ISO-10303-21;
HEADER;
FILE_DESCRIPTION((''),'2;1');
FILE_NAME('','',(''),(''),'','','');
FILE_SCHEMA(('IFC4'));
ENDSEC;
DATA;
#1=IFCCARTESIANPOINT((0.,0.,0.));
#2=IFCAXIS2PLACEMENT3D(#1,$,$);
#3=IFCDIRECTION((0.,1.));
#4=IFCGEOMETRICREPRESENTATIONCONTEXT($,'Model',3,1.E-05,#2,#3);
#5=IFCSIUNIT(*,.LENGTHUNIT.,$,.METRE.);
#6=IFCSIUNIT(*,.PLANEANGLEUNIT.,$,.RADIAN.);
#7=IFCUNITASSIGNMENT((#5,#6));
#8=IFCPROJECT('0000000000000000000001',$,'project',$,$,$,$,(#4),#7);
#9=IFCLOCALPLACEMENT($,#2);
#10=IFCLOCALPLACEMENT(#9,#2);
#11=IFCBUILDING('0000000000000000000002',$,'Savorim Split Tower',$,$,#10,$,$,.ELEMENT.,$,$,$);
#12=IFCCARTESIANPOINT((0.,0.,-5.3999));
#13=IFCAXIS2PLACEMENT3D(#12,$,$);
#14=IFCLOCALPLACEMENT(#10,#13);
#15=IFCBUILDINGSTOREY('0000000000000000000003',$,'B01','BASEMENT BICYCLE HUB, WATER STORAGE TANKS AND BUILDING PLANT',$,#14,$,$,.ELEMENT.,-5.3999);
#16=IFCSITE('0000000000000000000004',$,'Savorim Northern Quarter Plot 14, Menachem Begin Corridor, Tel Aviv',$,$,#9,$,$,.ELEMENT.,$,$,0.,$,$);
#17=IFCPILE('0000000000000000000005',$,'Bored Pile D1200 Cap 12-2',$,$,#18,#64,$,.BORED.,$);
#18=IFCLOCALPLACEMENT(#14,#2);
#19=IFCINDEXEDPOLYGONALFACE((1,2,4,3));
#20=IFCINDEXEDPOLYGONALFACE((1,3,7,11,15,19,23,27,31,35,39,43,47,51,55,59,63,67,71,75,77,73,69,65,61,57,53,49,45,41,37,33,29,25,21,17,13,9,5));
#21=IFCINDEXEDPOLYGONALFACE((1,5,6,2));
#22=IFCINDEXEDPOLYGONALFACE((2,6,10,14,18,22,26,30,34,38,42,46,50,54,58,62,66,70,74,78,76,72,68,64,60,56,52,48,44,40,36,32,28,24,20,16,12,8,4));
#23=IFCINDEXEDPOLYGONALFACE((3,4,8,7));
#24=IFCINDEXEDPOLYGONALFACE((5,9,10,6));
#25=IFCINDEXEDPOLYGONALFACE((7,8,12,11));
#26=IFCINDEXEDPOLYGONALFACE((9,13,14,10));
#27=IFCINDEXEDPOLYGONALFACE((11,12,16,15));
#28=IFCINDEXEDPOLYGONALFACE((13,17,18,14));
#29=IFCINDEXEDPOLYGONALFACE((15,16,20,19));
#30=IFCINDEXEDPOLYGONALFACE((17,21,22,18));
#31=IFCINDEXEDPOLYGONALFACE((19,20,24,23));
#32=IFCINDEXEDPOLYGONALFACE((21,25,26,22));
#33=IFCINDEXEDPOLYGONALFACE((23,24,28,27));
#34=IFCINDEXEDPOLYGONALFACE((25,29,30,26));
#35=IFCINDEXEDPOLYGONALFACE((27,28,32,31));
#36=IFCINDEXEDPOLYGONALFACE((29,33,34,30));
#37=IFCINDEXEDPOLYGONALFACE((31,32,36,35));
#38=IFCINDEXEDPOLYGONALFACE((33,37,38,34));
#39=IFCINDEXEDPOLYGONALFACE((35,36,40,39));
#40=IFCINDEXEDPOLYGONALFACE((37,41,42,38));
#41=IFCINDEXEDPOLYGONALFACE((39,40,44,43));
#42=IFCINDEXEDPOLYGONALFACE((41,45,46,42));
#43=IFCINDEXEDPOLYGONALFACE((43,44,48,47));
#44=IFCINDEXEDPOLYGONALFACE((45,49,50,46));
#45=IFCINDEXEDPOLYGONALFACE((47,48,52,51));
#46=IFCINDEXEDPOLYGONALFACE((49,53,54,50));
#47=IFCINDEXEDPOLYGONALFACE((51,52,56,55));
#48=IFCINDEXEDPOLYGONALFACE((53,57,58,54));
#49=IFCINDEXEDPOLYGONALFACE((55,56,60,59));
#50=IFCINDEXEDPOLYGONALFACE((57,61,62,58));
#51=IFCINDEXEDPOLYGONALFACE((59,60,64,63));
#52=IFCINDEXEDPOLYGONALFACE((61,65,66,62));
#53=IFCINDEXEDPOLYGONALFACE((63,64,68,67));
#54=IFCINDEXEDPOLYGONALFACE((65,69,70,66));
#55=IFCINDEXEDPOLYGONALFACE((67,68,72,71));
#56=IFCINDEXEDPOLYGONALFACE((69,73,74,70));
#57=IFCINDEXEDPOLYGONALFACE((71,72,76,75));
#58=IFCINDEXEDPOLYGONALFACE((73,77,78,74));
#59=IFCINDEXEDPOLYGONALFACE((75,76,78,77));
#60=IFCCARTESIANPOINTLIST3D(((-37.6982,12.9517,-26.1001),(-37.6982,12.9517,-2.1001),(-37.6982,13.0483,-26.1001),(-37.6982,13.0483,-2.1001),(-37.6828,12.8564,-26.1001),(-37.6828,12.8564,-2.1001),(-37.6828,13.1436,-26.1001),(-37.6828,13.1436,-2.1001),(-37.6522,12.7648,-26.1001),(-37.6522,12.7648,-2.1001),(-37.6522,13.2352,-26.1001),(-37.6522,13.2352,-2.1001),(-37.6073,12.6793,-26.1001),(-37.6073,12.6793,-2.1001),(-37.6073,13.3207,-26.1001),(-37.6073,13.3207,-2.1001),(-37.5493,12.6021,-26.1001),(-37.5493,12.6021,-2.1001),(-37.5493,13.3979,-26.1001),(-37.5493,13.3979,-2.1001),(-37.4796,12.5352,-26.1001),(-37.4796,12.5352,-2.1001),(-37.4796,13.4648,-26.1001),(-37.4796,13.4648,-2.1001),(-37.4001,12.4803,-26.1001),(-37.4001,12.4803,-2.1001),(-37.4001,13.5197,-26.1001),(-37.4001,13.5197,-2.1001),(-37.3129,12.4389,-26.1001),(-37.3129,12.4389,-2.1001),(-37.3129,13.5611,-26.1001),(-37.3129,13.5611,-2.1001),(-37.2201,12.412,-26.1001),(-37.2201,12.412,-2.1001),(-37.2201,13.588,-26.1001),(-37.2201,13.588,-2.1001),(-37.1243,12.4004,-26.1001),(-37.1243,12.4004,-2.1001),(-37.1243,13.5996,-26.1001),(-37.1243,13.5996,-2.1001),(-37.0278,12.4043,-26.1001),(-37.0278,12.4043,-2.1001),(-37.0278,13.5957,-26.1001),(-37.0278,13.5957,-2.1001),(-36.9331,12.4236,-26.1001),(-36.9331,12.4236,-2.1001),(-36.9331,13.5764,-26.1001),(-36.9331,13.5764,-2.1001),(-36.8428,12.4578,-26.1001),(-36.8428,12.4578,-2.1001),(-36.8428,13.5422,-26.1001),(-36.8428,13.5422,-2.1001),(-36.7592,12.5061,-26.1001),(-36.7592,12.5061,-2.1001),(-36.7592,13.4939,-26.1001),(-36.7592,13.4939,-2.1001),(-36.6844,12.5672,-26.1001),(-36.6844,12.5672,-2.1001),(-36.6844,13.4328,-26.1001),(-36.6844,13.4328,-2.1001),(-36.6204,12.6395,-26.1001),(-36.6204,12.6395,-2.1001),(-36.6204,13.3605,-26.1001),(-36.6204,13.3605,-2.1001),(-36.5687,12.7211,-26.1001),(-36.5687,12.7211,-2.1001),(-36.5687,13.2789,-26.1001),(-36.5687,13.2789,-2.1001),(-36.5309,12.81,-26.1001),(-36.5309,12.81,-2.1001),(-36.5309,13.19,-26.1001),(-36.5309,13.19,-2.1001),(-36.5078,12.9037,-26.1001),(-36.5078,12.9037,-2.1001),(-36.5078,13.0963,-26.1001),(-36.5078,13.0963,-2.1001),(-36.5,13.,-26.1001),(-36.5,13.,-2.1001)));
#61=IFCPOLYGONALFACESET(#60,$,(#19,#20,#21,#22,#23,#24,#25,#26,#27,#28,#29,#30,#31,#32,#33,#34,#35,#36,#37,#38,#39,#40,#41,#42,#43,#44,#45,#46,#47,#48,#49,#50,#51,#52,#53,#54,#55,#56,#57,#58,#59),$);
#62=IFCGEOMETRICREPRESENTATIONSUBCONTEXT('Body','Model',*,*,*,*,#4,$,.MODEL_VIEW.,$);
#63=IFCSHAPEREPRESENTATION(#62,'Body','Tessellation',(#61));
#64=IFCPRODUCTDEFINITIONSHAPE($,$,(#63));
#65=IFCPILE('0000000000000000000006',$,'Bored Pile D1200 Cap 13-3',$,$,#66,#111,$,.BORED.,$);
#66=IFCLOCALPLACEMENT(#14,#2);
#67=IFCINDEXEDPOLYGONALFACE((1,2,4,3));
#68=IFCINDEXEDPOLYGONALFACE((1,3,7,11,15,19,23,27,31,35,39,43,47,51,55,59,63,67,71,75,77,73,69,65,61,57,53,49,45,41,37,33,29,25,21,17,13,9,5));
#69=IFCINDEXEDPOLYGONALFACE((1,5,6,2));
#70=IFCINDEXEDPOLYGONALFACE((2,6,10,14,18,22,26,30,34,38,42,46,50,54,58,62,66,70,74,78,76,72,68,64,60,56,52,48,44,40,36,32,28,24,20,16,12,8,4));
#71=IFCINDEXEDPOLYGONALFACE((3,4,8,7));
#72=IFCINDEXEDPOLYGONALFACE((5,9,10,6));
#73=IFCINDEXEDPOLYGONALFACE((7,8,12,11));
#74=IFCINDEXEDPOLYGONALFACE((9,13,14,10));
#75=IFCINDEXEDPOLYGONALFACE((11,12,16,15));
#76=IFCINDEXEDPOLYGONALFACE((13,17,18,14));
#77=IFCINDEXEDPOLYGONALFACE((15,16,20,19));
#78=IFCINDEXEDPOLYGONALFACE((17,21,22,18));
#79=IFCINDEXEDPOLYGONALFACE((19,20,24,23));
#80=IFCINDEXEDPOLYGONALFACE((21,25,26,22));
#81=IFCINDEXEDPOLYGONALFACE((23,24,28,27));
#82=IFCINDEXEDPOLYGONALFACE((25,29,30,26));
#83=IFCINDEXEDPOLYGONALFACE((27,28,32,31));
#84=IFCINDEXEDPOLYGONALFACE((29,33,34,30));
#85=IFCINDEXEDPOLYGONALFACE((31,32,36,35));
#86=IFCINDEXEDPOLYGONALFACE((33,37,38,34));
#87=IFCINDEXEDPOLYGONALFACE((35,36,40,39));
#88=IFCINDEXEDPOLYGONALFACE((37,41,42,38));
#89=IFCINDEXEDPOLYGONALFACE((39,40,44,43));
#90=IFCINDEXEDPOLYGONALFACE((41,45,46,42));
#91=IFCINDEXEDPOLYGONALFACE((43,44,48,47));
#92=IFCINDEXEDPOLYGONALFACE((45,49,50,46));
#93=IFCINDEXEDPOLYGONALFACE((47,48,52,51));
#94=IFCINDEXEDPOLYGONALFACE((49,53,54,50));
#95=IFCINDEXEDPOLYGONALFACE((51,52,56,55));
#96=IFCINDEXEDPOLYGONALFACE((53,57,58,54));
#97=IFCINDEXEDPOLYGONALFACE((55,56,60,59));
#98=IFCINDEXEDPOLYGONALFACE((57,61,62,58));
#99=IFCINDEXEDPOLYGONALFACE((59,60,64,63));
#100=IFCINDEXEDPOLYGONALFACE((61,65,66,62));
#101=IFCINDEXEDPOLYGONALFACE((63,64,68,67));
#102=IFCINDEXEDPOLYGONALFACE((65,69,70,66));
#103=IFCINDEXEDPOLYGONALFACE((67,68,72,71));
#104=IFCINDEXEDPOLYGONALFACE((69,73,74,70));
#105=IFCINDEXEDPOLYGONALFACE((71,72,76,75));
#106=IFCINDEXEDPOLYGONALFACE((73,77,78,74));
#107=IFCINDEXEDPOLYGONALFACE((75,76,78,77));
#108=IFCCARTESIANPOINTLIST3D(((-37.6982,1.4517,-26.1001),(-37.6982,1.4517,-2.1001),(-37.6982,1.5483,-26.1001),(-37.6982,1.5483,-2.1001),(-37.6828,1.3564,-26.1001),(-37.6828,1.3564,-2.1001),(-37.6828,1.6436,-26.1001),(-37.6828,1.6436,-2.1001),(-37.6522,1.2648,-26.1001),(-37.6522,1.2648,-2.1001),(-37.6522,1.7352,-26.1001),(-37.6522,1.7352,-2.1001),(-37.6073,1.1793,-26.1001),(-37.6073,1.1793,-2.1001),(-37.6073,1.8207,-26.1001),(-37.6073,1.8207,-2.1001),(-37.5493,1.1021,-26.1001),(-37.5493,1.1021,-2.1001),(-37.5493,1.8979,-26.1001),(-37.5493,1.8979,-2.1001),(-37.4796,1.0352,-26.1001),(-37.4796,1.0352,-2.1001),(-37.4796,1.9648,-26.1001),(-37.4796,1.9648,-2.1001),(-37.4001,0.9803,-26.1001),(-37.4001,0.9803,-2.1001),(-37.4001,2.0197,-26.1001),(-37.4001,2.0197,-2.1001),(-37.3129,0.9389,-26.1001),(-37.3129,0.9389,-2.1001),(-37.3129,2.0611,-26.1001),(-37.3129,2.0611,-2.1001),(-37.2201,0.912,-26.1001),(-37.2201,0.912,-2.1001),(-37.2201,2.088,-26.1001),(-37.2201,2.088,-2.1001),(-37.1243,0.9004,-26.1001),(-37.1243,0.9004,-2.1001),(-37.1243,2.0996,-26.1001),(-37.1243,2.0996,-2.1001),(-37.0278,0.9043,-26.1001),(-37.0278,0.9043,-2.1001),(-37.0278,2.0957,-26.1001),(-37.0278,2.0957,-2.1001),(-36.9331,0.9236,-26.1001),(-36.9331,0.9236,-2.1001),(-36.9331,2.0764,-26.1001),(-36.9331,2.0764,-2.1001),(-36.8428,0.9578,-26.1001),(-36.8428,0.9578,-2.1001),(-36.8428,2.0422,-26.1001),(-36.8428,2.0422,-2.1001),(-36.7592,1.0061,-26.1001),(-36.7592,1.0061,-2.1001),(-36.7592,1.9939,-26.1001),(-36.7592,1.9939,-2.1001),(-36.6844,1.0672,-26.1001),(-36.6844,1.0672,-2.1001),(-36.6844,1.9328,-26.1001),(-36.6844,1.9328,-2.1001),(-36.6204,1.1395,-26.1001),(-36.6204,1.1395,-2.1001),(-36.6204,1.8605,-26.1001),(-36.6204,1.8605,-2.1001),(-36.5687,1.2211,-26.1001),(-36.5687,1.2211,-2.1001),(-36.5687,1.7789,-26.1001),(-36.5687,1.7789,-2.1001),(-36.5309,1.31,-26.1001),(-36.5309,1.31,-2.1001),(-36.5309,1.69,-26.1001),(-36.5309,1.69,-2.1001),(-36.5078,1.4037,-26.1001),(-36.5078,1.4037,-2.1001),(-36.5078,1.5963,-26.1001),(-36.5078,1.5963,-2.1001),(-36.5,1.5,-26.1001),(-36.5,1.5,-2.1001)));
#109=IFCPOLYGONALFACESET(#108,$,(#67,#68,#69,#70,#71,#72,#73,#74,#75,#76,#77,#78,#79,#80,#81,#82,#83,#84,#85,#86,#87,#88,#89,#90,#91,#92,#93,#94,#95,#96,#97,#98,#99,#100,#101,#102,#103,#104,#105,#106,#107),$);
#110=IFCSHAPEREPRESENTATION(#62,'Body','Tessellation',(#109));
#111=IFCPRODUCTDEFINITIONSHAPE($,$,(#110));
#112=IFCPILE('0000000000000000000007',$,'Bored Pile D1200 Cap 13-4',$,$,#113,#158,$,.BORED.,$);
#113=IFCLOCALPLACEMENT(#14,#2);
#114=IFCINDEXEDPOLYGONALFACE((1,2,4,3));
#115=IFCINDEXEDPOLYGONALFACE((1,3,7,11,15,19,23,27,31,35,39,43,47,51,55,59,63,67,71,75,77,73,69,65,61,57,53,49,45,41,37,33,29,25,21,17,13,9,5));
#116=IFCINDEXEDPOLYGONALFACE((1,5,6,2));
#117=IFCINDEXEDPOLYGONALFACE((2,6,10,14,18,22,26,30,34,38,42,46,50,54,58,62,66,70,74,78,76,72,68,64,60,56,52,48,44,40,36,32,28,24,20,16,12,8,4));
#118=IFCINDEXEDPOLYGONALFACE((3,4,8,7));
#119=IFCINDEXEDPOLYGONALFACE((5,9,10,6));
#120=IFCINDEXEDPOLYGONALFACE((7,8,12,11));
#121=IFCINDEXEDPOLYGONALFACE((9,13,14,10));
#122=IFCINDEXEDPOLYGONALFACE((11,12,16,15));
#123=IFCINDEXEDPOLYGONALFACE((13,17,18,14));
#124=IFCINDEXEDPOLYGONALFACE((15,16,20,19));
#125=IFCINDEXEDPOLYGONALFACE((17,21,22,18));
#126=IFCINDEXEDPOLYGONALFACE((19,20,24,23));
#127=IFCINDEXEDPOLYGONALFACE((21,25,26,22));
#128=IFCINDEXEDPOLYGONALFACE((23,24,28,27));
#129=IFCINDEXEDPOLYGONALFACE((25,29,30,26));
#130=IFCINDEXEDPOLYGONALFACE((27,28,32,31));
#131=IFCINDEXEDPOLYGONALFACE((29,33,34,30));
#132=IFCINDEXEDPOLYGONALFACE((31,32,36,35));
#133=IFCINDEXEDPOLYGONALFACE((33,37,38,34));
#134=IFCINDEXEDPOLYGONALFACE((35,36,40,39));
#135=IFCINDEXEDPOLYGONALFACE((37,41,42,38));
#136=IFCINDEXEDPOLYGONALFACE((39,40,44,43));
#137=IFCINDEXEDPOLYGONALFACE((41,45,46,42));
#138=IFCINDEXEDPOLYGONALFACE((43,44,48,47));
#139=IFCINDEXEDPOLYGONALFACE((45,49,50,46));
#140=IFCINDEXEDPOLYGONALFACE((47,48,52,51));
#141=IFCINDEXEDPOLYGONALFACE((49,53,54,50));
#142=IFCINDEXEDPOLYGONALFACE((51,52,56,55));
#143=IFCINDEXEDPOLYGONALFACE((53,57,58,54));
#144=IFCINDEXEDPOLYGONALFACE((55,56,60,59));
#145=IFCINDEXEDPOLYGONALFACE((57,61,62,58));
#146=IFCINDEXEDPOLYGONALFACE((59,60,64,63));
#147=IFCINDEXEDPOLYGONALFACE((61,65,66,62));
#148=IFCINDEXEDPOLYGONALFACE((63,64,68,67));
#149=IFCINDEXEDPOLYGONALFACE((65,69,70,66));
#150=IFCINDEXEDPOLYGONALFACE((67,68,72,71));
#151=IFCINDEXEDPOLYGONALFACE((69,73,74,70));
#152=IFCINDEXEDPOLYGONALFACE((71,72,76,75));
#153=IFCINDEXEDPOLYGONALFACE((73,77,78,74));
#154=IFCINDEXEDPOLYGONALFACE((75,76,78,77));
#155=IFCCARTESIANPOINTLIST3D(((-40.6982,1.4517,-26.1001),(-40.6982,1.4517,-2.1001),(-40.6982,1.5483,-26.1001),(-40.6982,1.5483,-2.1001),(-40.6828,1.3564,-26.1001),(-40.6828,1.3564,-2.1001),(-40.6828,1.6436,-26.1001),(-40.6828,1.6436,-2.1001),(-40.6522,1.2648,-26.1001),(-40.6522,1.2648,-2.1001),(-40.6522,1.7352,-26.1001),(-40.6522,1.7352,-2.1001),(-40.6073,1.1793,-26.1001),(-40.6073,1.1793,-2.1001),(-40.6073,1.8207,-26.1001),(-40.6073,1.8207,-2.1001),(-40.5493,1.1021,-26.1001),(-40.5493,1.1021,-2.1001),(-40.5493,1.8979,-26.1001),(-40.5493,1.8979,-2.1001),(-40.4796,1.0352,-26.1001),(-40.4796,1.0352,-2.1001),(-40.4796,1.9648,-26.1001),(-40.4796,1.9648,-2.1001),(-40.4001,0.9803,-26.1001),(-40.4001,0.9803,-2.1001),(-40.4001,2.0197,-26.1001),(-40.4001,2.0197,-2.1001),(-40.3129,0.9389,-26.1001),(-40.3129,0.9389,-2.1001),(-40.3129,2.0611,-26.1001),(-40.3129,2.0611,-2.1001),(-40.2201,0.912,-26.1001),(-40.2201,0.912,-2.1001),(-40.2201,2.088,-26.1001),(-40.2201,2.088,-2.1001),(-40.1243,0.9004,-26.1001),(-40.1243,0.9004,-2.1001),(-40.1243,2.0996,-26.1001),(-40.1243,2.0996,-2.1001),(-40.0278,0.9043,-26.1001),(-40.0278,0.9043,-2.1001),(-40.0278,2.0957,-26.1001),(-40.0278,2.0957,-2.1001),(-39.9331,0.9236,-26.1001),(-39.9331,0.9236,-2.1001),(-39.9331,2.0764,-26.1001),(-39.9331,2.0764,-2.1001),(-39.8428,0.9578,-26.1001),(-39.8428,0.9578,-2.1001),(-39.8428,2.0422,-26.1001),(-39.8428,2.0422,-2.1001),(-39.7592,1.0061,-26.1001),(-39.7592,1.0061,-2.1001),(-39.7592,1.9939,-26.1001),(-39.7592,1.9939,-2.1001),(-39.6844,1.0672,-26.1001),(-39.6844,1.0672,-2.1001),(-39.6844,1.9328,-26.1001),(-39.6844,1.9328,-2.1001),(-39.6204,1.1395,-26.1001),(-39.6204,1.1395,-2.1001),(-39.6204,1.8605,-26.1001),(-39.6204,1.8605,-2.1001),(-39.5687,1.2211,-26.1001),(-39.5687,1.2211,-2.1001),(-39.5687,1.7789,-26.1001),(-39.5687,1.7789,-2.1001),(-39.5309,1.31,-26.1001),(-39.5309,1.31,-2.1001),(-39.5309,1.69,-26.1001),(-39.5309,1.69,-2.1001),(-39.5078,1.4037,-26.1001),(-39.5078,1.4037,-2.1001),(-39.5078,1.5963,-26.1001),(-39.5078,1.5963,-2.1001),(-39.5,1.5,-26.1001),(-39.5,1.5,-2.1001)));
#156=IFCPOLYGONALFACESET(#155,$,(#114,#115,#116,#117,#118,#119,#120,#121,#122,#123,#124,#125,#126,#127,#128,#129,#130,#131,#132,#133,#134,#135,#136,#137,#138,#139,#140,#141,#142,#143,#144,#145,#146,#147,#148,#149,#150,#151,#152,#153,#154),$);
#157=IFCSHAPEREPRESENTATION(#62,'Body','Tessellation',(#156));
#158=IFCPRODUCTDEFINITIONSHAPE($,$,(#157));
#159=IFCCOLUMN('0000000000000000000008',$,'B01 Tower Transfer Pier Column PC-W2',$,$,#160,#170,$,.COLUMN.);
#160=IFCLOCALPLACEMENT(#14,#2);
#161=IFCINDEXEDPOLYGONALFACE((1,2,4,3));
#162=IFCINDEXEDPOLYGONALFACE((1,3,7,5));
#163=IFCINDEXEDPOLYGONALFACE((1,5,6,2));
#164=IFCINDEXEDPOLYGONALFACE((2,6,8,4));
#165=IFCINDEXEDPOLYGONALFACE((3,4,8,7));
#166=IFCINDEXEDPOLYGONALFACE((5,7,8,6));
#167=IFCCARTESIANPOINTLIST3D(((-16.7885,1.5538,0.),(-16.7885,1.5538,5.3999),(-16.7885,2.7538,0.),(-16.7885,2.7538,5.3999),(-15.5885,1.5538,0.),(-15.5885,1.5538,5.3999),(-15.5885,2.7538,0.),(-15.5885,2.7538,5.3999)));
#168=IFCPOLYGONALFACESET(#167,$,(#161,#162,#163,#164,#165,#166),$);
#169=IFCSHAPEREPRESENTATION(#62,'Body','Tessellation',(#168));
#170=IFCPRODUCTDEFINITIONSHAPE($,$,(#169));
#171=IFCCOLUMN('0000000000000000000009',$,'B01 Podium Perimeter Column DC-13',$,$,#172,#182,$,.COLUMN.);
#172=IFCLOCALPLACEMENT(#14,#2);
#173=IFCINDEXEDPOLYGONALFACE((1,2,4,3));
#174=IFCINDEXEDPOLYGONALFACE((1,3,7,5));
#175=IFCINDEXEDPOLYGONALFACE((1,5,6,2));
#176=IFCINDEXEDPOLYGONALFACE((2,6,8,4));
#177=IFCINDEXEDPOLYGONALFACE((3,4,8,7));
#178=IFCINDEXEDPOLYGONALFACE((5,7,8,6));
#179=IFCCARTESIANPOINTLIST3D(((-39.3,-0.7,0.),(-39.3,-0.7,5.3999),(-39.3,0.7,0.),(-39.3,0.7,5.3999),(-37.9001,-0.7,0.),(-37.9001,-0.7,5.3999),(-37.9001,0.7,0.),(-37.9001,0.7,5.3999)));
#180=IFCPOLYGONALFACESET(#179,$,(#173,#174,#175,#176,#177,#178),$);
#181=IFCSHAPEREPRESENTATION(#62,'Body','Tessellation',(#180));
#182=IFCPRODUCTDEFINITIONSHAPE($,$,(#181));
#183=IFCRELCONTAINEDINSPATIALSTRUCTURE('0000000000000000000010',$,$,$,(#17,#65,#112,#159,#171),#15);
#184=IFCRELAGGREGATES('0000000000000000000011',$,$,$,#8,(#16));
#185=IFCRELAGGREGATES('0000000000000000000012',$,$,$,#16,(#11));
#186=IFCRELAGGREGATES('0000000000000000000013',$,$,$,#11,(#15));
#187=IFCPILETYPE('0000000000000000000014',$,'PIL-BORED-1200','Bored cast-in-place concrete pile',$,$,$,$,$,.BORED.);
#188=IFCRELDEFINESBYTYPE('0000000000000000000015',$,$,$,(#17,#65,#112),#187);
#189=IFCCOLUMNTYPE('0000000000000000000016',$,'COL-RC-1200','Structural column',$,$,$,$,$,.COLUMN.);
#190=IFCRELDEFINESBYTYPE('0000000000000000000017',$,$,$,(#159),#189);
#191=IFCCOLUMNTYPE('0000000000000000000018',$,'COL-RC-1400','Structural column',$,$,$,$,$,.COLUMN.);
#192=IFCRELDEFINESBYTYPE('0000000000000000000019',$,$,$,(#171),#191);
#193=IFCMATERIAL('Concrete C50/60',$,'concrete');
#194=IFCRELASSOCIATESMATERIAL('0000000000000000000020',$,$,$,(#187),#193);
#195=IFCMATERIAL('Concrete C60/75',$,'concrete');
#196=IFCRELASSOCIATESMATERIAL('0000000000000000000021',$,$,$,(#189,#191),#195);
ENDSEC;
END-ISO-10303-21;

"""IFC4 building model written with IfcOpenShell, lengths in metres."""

from ifc_helpers import new_model, si_unit, direction, frame, origin, origin_2d, place, context, subcontext, project, spatial, rectangle, circle, extrude, material, material_profile, profile_set, type_object, element, save


model = new_model("IFC4")

# Units and contexts
model_context = context("Model", 3, precision=1e-05, world=origin(), true_north=direction((0.0, 1.0)))
body_context = subcontext(model_context, "Body", "Model", "MODEL_VIEW")
ifc_project = project(units=[si_unit("LENGTHUNIT", "METRE"), si_unit("PLANEANGLEUNIT", "RADIAN")], contexts=[model_context])

# Site, building, storey
site_placement = place(None, origin())
site = spatial("IfcSite", under=ifc_project, at=site_placement, Name="Savorim Northern Quarter Plot 14, Menachem Begin Corridor, Tel Aviv", CompositionType="ELEMENT", RefElevation=0.0)
building_placement = place(site_placement, origin())
building = spatial("IfcBuilding", under=site, at=building_placement, Name="Savorim Split Tower", CompositionType="ELEMENT")
storey_placement = place(building_placement, frame((0.0, 0.0, -5.3999)))
storey = spatial("IfcBuildingStorey", under=building, at=storey_placement, Name="B01", Description="BASEMENT BICYCLE HUB, WATER STORAGE TANKS AND BUILDING PLANT", CompositionType="ELEMENT", Elevation=-5.3999)

# Shared definitions
ifc_material_1 = material(Name="Concrete C50/60", Category="concrete")

# Piles
ifc_material_profile_1 = material_profile(ifc_material_1, circle(Radius=0.6001, at=origin_2d()), Name="PILE D1200")
ifc_profile_set_1 = profile_set([ifc_material_profile_1], Name="Concrete C50/60")
pile_type = type_object("IfcPileType", Name="PIL-BORED-1200", Description="Bored cast-in-place concrete pile", PredefinedType="BORED", material=ifc_profile_set_1)
for number, where, z_axis, x_axis, name in (
    (1, (-37.1001, 13.0, -2.1001), (0.0, 0.0, -1.0), (1.0, 0.0, 0.0), "Bored Pile D1200 Cap 12-2"),
    (2, (-37.1001, 1.5, -2.1001), (0.0, 0.0, -1.0), (1.0, 0.0, 0.0), "Bored Pile D1200 Cap 13-3"),
    (3, (-40.1001, 1.5, -2.1001), (0.0, 0.0, -1.0), (1.0, 0.0, 0.0), "Bored Pile D1200 Cap 13-4"),
):
    element("IfcPile", number, at=place(storey_placement, frame(where, z_axis=z_axis, x_axis=x_axis)), inside=storey, type_object=pile_type, Name=name, PredefinedType="BORED", context=body_context, shape_type="SweptSolid", body=[
        extrude(circle(Radius=0.6001, at=origin_2d()), origin(), (0.0, 0.0, 1.0), 24.0),
    ])

# Columns
ifc_material_2 = material(Name="Concrete C60/75", Category="concrete")
ifc_material_profile_2 = material_profile(ifc_material_2, rectangle(XDim=1.2, YDim=1.2, at=origin_2d()), Name="RC 1200x1200")
ifc_profile_set_2 = profile_set([ifc_material_profile_2], Name="Concrete C60/75")
column_type_1 = type_object("IfcColumnType", Name="COL-RC-1200", Description="Structural column", PredefinedType="COLUMN", material=ifc_profile_set_2)
column_1_placement = place(storey_placement, frame((-16.1885, 2.1538, 0.0), z_axis=(0.0, 0.0, 1.0), x_axis=(1.0, 0.0, 0.0)))
element("IfcColumn", 4, at=column_1_placement, inside=storey, type_object=column_type_1, Name="B01 Tower Transfer Pier Column PC-W2", PredefinedType="COLUMN", context=body_context, shape_type="SweptSolid", body=[
    extrude(rectangle(XDim=1.2, YDim=1.2, at=origin_2d()), origin(), (0.0, 0.0, 1.0), 5.3999),
])
ifc_material_profile_3 = material_profile(ifc_material_2, rectangle(XDim=1.3999, YDim=1.3999, at=origin_2d()), Name="RC 1400x1400")
ifc_profile_set_3 = profile_set([ifc_material_profile_3], Name="Concrete C60/75")
column_type_2 = type_object("IfcColumnType", Name="COL-RC-1400", Description="Structural column", PredefinedType="COLUMN", material=ifc_profile_set_3)
column_2_placement = place(storey_placement, frame((-38.6001, 0.0, 0.0), z_axis=(0.0, 0.0, 1.0), x_axis=(1.0, 0.0, 0.0)))
element("IfcColumn", 5, at=column_2_placement, inside=storey, type_object=column_type_2, Name="B01 Podium Perimeter Column DC-13", PredefinedType="COLUMN", context=body_context, shape_type="SweptSolid", body=[
    extrude(rectangle(XDim=1.3999, YDim=1.3999, at=origin_2d()), origin(), (0.0, 0.0, 1.0), 5.3999),
])

save(model, "model.ifc")
